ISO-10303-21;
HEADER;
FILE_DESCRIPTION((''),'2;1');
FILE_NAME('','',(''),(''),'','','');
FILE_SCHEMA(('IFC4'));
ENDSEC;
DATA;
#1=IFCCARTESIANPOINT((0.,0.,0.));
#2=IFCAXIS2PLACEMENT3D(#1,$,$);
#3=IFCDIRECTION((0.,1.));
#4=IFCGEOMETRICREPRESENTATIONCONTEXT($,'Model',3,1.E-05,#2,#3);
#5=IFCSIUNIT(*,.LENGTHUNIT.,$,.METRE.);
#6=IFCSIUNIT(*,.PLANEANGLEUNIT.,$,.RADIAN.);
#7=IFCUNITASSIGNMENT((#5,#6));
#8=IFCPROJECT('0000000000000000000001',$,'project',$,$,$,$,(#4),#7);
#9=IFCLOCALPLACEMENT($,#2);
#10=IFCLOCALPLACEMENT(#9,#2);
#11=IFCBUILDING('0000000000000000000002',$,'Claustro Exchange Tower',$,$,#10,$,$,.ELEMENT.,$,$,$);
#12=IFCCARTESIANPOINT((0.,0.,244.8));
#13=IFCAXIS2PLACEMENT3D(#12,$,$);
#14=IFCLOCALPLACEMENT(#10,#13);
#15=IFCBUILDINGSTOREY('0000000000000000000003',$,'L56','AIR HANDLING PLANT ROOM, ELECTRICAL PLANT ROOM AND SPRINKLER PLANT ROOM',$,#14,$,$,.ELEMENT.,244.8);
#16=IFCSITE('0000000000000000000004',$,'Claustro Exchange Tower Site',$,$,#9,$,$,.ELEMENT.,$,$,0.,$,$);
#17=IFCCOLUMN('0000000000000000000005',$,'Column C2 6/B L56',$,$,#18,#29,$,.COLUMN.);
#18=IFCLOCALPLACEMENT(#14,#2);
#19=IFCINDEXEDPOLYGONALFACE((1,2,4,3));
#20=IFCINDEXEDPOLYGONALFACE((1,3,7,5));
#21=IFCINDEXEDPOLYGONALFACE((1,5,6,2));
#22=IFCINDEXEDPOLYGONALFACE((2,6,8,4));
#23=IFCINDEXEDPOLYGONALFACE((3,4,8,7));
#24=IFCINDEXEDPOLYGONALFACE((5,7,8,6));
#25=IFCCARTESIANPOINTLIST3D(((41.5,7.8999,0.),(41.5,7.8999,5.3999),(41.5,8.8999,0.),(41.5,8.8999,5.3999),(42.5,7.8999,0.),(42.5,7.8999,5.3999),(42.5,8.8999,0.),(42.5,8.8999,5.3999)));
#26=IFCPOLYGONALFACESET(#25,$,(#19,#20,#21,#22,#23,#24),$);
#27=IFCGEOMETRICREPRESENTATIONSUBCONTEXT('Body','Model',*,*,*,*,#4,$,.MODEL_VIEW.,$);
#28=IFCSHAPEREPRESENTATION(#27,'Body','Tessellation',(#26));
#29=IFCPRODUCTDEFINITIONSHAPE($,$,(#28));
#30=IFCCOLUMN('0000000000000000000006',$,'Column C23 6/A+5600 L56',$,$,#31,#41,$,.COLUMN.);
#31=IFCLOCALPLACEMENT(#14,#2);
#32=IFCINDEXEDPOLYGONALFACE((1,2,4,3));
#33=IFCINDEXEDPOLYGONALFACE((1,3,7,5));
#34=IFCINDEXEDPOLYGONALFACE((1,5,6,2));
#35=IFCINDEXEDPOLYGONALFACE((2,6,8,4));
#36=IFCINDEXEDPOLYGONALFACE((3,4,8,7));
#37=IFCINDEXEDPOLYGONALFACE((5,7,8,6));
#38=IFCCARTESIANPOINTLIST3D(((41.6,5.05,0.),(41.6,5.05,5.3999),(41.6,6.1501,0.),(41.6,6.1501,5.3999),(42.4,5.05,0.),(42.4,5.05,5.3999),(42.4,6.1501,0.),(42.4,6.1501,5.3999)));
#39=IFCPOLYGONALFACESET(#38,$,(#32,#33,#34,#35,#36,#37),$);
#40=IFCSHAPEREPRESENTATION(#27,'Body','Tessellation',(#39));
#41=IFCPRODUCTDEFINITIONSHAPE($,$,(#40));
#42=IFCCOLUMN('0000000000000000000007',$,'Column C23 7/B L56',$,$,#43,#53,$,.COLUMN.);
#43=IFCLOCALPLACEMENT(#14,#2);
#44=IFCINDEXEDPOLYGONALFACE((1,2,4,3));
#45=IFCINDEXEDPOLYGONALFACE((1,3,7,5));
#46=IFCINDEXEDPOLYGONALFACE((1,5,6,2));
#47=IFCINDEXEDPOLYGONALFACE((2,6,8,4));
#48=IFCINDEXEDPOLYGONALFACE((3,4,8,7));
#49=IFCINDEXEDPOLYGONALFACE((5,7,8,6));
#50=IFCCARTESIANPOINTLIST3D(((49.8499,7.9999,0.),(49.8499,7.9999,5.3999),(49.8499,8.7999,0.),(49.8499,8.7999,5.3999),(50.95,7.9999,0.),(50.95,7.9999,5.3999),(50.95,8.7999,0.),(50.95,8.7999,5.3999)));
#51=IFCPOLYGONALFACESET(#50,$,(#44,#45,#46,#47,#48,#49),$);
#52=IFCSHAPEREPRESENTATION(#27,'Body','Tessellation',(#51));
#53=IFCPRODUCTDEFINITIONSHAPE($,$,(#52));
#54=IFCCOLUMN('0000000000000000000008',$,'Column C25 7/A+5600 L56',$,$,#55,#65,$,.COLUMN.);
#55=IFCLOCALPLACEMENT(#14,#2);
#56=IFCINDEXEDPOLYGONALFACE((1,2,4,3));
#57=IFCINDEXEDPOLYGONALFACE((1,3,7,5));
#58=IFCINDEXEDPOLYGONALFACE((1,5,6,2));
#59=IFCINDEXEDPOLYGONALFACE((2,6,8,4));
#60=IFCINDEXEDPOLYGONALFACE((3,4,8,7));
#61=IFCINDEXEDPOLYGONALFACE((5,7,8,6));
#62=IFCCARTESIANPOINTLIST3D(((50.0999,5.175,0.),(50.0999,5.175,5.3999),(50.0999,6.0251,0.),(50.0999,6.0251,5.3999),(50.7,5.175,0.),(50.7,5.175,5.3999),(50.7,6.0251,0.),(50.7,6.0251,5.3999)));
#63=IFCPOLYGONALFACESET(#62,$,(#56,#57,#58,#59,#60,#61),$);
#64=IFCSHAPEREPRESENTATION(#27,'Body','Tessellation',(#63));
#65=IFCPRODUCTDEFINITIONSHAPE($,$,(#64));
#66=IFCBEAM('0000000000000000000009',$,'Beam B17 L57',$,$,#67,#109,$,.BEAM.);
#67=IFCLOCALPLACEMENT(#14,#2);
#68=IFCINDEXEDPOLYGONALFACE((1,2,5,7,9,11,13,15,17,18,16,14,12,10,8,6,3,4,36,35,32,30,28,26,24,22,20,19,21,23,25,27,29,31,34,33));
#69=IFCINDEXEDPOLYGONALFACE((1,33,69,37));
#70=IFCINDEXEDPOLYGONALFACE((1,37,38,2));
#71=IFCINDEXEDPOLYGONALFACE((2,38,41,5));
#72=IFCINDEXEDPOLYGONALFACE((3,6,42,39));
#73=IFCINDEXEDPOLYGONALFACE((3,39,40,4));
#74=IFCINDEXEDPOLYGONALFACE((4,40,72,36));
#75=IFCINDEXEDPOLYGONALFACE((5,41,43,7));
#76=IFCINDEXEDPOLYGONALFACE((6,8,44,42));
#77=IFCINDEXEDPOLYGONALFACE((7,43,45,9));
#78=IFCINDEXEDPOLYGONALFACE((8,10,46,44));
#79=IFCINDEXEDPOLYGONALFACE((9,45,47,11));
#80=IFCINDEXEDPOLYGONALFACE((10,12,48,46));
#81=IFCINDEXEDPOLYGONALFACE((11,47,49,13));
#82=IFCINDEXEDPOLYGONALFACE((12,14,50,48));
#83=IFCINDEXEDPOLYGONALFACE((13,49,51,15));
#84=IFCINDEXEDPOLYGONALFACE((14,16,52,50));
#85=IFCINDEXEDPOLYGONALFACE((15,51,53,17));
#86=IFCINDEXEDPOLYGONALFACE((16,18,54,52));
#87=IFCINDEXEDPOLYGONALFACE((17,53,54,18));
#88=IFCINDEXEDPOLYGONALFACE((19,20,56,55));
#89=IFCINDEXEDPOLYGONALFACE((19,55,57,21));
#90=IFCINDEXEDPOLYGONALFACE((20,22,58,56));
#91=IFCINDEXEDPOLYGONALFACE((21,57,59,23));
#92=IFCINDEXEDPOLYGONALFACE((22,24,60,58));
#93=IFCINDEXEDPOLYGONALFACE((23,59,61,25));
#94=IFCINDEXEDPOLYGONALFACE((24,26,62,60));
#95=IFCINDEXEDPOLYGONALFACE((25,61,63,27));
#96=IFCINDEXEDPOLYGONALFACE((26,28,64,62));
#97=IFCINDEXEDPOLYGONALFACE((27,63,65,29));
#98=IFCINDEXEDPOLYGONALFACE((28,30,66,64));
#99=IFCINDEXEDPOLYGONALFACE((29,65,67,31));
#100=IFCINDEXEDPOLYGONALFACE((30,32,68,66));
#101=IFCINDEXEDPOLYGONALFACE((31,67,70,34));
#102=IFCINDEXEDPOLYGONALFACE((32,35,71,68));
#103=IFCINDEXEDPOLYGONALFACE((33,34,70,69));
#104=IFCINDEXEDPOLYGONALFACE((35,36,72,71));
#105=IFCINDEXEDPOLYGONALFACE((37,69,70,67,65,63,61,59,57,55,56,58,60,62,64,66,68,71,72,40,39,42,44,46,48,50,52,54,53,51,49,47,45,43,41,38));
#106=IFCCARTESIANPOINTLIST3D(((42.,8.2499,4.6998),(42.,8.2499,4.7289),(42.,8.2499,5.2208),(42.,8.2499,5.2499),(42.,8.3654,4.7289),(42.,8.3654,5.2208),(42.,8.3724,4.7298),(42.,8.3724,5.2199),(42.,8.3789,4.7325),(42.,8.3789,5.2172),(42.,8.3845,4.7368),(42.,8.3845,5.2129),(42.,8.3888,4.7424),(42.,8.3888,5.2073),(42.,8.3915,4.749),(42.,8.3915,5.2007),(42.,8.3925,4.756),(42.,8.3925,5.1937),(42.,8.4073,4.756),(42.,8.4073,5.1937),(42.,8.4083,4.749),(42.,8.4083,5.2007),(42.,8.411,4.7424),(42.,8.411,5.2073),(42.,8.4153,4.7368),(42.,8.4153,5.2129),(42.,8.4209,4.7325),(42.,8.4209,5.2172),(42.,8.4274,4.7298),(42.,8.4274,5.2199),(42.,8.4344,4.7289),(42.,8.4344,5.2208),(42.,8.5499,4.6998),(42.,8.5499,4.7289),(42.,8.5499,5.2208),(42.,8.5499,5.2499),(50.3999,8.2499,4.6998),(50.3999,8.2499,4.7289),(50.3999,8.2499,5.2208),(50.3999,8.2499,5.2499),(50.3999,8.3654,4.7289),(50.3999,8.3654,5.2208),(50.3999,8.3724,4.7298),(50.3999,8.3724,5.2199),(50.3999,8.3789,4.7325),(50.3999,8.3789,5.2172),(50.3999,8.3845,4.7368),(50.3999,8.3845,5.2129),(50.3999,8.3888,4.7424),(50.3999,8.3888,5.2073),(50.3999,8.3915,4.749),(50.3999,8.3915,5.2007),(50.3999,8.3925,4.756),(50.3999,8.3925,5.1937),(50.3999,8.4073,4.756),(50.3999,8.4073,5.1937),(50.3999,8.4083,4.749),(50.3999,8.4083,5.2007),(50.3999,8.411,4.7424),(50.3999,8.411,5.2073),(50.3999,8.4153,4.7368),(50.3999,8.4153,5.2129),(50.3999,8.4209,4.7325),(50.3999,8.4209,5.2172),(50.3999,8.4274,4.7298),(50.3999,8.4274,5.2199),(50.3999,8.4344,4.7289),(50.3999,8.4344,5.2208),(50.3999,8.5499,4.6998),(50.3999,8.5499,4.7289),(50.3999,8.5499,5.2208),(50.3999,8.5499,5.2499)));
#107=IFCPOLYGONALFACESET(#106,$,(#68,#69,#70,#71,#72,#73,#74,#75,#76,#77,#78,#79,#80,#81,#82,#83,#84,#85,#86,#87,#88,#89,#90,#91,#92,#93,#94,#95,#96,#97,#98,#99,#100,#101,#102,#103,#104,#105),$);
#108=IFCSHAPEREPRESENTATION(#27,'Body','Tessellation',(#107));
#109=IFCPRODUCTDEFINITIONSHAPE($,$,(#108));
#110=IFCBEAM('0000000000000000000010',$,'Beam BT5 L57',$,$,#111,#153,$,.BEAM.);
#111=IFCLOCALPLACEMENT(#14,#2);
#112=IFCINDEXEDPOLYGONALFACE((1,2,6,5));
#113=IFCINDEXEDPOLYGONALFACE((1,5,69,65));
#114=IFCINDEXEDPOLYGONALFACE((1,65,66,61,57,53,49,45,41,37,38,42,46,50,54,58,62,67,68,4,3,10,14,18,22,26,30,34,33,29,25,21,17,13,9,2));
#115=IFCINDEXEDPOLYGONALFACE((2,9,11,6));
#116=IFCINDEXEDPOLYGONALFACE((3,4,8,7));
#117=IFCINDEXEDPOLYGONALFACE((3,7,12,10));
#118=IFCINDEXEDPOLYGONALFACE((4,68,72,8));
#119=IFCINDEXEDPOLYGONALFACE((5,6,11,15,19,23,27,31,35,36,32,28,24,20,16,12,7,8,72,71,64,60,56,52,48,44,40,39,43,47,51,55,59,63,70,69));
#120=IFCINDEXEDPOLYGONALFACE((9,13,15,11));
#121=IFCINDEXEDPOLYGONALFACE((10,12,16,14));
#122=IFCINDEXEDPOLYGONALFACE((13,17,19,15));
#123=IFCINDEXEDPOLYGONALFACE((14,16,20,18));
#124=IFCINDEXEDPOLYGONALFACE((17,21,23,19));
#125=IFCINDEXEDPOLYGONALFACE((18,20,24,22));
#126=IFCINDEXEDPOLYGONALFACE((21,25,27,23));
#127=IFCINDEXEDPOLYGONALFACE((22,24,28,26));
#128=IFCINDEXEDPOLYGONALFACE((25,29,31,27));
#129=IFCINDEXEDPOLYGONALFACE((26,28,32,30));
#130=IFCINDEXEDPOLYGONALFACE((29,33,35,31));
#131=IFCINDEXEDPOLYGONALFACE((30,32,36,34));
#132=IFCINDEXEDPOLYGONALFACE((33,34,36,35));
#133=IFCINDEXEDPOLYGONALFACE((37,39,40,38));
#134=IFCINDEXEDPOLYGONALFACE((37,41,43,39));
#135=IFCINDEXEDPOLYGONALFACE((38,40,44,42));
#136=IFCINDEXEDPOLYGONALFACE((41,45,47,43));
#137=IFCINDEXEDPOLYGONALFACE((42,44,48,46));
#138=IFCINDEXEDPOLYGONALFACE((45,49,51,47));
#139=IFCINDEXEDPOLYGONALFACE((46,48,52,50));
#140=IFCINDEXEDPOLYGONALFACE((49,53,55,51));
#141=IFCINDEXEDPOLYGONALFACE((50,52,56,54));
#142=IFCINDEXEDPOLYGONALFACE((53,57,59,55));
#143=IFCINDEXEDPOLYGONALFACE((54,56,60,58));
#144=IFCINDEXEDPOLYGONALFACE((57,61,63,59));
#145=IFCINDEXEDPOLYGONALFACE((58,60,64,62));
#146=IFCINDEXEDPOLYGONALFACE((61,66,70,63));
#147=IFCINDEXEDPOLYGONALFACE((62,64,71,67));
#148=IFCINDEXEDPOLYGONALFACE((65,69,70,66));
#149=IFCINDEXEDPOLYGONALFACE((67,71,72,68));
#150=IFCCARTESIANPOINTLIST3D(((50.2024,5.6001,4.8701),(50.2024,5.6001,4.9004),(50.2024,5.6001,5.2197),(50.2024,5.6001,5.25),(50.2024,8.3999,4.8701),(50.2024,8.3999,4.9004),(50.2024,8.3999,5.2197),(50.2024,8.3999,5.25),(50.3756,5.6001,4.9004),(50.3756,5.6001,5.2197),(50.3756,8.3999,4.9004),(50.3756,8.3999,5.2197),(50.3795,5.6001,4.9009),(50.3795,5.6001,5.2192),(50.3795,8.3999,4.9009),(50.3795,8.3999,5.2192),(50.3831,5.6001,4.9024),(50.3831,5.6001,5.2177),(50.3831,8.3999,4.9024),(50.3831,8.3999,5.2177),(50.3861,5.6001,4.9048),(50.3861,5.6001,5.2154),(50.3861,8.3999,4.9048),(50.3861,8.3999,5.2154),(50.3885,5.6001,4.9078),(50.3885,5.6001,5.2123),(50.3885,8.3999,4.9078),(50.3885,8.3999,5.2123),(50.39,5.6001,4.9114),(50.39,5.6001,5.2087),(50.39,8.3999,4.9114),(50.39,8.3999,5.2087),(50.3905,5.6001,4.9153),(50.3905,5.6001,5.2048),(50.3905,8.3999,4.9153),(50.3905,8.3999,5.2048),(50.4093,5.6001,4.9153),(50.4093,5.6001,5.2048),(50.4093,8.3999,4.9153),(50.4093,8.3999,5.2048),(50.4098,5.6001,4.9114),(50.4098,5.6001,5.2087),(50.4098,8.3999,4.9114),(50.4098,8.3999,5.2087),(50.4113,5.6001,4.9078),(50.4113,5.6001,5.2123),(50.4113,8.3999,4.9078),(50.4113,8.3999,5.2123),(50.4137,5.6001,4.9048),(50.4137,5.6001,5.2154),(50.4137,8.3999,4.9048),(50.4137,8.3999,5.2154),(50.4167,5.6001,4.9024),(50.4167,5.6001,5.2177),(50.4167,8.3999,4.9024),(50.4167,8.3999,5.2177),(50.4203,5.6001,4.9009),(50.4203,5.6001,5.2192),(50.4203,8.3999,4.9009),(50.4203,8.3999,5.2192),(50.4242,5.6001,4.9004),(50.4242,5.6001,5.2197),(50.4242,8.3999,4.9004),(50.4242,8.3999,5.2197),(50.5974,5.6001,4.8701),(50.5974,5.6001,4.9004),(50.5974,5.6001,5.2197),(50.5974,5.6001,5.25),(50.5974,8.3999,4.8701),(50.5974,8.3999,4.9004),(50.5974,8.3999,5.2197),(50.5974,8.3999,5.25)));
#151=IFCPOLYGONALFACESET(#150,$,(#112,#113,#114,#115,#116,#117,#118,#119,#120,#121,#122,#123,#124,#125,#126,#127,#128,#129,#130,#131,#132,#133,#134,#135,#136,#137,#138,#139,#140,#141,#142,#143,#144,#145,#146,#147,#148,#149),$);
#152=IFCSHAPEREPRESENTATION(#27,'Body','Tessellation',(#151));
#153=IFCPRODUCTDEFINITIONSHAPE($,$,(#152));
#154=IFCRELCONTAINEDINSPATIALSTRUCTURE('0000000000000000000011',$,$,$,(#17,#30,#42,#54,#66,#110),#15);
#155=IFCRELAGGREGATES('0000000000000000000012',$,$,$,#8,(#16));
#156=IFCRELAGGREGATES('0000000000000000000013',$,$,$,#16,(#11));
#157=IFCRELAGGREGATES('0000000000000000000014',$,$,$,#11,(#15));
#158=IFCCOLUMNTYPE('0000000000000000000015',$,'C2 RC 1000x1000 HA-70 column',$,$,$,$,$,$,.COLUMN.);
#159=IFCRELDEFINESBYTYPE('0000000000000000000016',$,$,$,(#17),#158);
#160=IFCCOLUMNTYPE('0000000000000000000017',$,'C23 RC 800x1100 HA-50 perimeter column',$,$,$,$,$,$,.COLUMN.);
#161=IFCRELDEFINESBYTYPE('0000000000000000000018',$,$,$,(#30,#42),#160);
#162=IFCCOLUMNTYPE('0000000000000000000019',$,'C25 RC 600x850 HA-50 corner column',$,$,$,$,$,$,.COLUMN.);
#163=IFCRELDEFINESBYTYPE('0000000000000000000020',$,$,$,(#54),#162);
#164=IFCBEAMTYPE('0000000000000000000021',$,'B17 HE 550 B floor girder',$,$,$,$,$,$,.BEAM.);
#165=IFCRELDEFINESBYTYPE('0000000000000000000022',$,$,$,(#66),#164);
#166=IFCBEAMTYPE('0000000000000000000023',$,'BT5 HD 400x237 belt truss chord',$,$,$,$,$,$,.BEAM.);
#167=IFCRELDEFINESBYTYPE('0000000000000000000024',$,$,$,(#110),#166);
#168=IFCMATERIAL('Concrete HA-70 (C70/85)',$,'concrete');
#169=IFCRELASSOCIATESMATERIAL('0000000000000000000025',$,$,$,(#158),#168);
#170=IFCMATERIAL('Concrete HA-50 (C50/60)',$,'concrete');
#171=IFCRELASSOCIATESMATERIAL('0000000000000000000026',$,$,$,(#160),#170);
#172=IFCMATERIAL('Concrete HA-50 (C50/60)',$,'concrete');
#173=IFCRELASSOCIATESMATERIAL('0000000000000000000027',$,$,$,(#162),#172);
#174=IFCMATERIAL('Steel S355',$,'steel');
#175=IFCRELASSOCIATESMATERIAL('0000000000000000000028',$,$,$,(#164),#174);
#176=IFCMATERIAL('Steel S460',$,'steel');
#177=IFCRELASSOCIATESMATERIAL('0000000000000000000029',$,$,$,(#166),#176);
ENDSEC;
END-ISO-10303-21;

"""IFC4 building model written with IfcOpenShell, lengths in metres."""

from ifc_helpers import new_model, si_unit, direction, frame, origin, origin_2d, place, context, subcontext, project, spatial, rectangle, i_section, extrude, material, material_profile, profile_set, type_object, element, save


model = new_model("IFC4")

# Units and contexts
model_context = context("Model", 3, precision=1e-05, world=origin(), true_north=direction((0.0, 1.0)))
body_context = subcontext(model_context, "Body", "Model", "MODEL_VIEW")
ifc_project = project(units=[si_unit("LENGTHUNIT", "METRE"), si_unit("PLANEANGLEUNIT", "RADIAN")], contexts=[model_context])

# Site, building, storey
site_placement = place(None, origin())
site = spatial("IfcSite", under=ifc_project, at=site_placement, Name="Claustro Exchange Tower Site", CompositionType="ELEMENT", RefElevation=0.0)
building_placement = place(site_placement, origin())
building = spatial("IfcBuilding", under=site, at=building_placement, Name="Claustro Exchange Tower", CompositionType="ELEMENT")
storey_placement = place(building_placement, frame((0.0, 0.0, 244.8)))
storey = spatial("IfcBuildingStorey", under=building, at=storey_placement, Name="L56", Description="AIR HANDLING PLANT ROOM, ELECTRICAL PLANT ROOM AND SPRINKLER PLANT ROOM", CompositionType="ELEMENT", Elevation=244.8)

# Columns
ifc_material_1 = material(Name="Concrete HA-70 (C70/85)", Category="concrete")
ifc_material_profile_1 = material_profile(ifc_material_1, rectangle(XDim=1.0, YDim=1.0, at=origin_2d()), Name="RC 1000x1000")
ifc_profile_set_1 = profile_set([ifc_material_profile_1], Name="Concrete HA-70 (C70/85)")
column_type_1 = type_object("IfcColumnType", Name="C2 RC 1000x1000 HA-70 column", PredefinedType="COLUMN", material=ifc_profile_set_1)
column_1_placement = place(storey_placement, frame((42.0, 8.3999, 0.0), z_axis=(0.0, 0.0, 1.0), x_axis=(1.0, 0.0, 0.0)))
element("IfcColumn", 1, at=column_1_placement, inside=storey, type_object=column_type_1, Name="Column C2 6/B L56", PredefinedType="COLUMN", context=body_context, shape_type="SweptSolid", body=[
    extrude(rectangle(XDim=1.0, YDim=1.0, at=origin_2d()), origin(), (0.0, 0.0, 1.0), 5.3999),
])
ifc_material_2 = material(Name="Concrete HA-50 (C50/60)", Category="concrete")
ifc_material_profile_2 = material_profile(ifc_material_2, rectangle(XDim=0.8, YDim=1.1001, at=origin_2d()), Name="RC 800x1100")
ifc_profile_set_2 = profile_set([ifc_material_profile_2], Name="Concrete HA-50 (C50/60)")
column_type_2 = type_object("IfcColumnType", Name="C23 RC 800x1100 HA-50 perimeter column", PredefinedType="COLUMN", material=ifc_profile_set_2)
for number, where, z_axis, x_axis, name in (
    (2, (42.0, 5.6001, 0.0), (0.0, 0.0, 1.0), (1.0, 0.0, 0.0), "Column C23 6/A+5600 L56"),
    (3, (50.3999, 8.3999, 0.0), (0.0, 0.0, 1.0), (0.0, 1.0, 0.0), "Column C23 7/B L56"),
):
    element("IfcColumn", number, at=place(storey_placement, frame(where, z_axis=z_axis, x_axis=x_axis)), inside=storey, type_object=column_type_2, Name=name, PredefinedType="COLUMN", context=body_context, shape_type="SweptSolid", body=[
        extrude(rectangle(XDim=0.8, YDim=1.1001, at=origin_2d()), origin(), (0.0, 0.0, 1.0), 5.3999),
    ])
ifc_material_3 = material(Name="Concrete HA-50 (C50/60)", Category="concrete")
ifc_material_profile_3 = material_profile(ifc_material_3, rectangle(XDim=0.6001, YDim=0.8501, at=origin_2d()), Name="RC 600x850")
ifc_profile_set_3 = profile_set([ifc_material_profile_3], Name="Concrete HA-50 (C50/60)")
column_type_3 = type_object("IfcColumnType", Name="C25 RC 600x850 HA-50 corner column", PredefinedType="COLUMN", material=ifc_profile_set_3)
column_2_placement = place(storey_placement, frame((50.3999, 5.6001, 0.0), z_axis=(0.0, 0.0, 1.0), x_axis=(1.0, 0.0, 0.0)))
element("IfcColumn", 4, at=column_2_placement, inside=storey, type_object=column_type_3, Name="Column C25 7/A+5600 L56", PredefinedType="COLUMN", context=body_context, shape_type="SweptSolid", body=[
    extrude(rectangle(XDim=0.6001, YDim=0.8501, at=origin_2d()), origin(), (0.0, 0.0, 1.0), 5.3999),
])

# Beams
ifc_material_4 = material(Name="Steel S355", Category="steel")
ifc_material_profile_4 = material_profile(ifc_material_4, i_section(OverallWidth=0.3, OverallDepth=0.55, WebThickness=0.0149, FlangeThickness=0.0291, FilletRadius=0.0271, at=origin_2d()), Name="HE 550 B")
ifc_profile_set_4 = profile_set([ifc_material_profile_4], Name="Steel S355")
beam_type_1 = type_object("IfcBeamType", Name="B17 HE 550 B floor girder", PredefinedType="BEAM", material=ifc_profile_set_4)
beam_1_placement = place(storey_placement, frame((42.0, 8.3999, 4.9749), z_axis=(1.0, 0.0, 0.0), x_axis=(0.0, 1.0, 0.0)))
element("IfcBeam", 5, at=beam_1_placement, inside=storey, type_object=beam_type_1, Name="Beam B17 L57", PredefinedType="BEAM", context=body_context, shape_type="SweptSolid", body=[
    extrude(i_section(OverallWidth=0.3, OverallDepth=0.55, WebThickness=0.0149, FlangeThickness=0.0291, FilletRadius=0.0271, at=origin_2d()), origin(), (0.0, 0.0, 1.0), 8.3999),
])
ifc_material_5 = material(Name="Steel S460", Category="steel")
ifc_material_profile_5 = material_profile(ifc_material_5, i_section(OverallWidth=0.395, OverallDepth=0.3799, WebThickness=0.0188, FlangeThickness=0.0303, FilletRadius=0.0149, at=origin_2d()), Name="HD 400x237")
ifc_profile_set_5 = profile_set([ifc_material_profile_5], Name="Steel S460")
beam_type_2 = type_object("IfcBeamType", Name="BT5 HD 400x237 belt truss chord", PredefinedType="BEAM", material=ifc_profile_set_5)
beam_2_placement = place(storey_placement, frame((50.3999, 5.6001, 5.0601), z_axis=(0.0, 1.0, 0.0), x_axis=(-1.0, 0.0, 0.0)))
element("IfcBeam", 6, at=beam_2_placement, inside=storey, type_object=beam_type_2, Name="Beam BT5 L57", PredefinedType="BEAM", context=body_context, shape_type="SweptSolid", body=[
    extrude(i_section(OverallWidth=0.395, OverallDepth=0.3799, WebThickness=0.0188, FlangeThickness=0.0303, FilletRadius=0.0149, at=origin_2d()), origin(), (0.0, 0.0, 1.0), 2.7998),
])

save(model, "model.ifc")
